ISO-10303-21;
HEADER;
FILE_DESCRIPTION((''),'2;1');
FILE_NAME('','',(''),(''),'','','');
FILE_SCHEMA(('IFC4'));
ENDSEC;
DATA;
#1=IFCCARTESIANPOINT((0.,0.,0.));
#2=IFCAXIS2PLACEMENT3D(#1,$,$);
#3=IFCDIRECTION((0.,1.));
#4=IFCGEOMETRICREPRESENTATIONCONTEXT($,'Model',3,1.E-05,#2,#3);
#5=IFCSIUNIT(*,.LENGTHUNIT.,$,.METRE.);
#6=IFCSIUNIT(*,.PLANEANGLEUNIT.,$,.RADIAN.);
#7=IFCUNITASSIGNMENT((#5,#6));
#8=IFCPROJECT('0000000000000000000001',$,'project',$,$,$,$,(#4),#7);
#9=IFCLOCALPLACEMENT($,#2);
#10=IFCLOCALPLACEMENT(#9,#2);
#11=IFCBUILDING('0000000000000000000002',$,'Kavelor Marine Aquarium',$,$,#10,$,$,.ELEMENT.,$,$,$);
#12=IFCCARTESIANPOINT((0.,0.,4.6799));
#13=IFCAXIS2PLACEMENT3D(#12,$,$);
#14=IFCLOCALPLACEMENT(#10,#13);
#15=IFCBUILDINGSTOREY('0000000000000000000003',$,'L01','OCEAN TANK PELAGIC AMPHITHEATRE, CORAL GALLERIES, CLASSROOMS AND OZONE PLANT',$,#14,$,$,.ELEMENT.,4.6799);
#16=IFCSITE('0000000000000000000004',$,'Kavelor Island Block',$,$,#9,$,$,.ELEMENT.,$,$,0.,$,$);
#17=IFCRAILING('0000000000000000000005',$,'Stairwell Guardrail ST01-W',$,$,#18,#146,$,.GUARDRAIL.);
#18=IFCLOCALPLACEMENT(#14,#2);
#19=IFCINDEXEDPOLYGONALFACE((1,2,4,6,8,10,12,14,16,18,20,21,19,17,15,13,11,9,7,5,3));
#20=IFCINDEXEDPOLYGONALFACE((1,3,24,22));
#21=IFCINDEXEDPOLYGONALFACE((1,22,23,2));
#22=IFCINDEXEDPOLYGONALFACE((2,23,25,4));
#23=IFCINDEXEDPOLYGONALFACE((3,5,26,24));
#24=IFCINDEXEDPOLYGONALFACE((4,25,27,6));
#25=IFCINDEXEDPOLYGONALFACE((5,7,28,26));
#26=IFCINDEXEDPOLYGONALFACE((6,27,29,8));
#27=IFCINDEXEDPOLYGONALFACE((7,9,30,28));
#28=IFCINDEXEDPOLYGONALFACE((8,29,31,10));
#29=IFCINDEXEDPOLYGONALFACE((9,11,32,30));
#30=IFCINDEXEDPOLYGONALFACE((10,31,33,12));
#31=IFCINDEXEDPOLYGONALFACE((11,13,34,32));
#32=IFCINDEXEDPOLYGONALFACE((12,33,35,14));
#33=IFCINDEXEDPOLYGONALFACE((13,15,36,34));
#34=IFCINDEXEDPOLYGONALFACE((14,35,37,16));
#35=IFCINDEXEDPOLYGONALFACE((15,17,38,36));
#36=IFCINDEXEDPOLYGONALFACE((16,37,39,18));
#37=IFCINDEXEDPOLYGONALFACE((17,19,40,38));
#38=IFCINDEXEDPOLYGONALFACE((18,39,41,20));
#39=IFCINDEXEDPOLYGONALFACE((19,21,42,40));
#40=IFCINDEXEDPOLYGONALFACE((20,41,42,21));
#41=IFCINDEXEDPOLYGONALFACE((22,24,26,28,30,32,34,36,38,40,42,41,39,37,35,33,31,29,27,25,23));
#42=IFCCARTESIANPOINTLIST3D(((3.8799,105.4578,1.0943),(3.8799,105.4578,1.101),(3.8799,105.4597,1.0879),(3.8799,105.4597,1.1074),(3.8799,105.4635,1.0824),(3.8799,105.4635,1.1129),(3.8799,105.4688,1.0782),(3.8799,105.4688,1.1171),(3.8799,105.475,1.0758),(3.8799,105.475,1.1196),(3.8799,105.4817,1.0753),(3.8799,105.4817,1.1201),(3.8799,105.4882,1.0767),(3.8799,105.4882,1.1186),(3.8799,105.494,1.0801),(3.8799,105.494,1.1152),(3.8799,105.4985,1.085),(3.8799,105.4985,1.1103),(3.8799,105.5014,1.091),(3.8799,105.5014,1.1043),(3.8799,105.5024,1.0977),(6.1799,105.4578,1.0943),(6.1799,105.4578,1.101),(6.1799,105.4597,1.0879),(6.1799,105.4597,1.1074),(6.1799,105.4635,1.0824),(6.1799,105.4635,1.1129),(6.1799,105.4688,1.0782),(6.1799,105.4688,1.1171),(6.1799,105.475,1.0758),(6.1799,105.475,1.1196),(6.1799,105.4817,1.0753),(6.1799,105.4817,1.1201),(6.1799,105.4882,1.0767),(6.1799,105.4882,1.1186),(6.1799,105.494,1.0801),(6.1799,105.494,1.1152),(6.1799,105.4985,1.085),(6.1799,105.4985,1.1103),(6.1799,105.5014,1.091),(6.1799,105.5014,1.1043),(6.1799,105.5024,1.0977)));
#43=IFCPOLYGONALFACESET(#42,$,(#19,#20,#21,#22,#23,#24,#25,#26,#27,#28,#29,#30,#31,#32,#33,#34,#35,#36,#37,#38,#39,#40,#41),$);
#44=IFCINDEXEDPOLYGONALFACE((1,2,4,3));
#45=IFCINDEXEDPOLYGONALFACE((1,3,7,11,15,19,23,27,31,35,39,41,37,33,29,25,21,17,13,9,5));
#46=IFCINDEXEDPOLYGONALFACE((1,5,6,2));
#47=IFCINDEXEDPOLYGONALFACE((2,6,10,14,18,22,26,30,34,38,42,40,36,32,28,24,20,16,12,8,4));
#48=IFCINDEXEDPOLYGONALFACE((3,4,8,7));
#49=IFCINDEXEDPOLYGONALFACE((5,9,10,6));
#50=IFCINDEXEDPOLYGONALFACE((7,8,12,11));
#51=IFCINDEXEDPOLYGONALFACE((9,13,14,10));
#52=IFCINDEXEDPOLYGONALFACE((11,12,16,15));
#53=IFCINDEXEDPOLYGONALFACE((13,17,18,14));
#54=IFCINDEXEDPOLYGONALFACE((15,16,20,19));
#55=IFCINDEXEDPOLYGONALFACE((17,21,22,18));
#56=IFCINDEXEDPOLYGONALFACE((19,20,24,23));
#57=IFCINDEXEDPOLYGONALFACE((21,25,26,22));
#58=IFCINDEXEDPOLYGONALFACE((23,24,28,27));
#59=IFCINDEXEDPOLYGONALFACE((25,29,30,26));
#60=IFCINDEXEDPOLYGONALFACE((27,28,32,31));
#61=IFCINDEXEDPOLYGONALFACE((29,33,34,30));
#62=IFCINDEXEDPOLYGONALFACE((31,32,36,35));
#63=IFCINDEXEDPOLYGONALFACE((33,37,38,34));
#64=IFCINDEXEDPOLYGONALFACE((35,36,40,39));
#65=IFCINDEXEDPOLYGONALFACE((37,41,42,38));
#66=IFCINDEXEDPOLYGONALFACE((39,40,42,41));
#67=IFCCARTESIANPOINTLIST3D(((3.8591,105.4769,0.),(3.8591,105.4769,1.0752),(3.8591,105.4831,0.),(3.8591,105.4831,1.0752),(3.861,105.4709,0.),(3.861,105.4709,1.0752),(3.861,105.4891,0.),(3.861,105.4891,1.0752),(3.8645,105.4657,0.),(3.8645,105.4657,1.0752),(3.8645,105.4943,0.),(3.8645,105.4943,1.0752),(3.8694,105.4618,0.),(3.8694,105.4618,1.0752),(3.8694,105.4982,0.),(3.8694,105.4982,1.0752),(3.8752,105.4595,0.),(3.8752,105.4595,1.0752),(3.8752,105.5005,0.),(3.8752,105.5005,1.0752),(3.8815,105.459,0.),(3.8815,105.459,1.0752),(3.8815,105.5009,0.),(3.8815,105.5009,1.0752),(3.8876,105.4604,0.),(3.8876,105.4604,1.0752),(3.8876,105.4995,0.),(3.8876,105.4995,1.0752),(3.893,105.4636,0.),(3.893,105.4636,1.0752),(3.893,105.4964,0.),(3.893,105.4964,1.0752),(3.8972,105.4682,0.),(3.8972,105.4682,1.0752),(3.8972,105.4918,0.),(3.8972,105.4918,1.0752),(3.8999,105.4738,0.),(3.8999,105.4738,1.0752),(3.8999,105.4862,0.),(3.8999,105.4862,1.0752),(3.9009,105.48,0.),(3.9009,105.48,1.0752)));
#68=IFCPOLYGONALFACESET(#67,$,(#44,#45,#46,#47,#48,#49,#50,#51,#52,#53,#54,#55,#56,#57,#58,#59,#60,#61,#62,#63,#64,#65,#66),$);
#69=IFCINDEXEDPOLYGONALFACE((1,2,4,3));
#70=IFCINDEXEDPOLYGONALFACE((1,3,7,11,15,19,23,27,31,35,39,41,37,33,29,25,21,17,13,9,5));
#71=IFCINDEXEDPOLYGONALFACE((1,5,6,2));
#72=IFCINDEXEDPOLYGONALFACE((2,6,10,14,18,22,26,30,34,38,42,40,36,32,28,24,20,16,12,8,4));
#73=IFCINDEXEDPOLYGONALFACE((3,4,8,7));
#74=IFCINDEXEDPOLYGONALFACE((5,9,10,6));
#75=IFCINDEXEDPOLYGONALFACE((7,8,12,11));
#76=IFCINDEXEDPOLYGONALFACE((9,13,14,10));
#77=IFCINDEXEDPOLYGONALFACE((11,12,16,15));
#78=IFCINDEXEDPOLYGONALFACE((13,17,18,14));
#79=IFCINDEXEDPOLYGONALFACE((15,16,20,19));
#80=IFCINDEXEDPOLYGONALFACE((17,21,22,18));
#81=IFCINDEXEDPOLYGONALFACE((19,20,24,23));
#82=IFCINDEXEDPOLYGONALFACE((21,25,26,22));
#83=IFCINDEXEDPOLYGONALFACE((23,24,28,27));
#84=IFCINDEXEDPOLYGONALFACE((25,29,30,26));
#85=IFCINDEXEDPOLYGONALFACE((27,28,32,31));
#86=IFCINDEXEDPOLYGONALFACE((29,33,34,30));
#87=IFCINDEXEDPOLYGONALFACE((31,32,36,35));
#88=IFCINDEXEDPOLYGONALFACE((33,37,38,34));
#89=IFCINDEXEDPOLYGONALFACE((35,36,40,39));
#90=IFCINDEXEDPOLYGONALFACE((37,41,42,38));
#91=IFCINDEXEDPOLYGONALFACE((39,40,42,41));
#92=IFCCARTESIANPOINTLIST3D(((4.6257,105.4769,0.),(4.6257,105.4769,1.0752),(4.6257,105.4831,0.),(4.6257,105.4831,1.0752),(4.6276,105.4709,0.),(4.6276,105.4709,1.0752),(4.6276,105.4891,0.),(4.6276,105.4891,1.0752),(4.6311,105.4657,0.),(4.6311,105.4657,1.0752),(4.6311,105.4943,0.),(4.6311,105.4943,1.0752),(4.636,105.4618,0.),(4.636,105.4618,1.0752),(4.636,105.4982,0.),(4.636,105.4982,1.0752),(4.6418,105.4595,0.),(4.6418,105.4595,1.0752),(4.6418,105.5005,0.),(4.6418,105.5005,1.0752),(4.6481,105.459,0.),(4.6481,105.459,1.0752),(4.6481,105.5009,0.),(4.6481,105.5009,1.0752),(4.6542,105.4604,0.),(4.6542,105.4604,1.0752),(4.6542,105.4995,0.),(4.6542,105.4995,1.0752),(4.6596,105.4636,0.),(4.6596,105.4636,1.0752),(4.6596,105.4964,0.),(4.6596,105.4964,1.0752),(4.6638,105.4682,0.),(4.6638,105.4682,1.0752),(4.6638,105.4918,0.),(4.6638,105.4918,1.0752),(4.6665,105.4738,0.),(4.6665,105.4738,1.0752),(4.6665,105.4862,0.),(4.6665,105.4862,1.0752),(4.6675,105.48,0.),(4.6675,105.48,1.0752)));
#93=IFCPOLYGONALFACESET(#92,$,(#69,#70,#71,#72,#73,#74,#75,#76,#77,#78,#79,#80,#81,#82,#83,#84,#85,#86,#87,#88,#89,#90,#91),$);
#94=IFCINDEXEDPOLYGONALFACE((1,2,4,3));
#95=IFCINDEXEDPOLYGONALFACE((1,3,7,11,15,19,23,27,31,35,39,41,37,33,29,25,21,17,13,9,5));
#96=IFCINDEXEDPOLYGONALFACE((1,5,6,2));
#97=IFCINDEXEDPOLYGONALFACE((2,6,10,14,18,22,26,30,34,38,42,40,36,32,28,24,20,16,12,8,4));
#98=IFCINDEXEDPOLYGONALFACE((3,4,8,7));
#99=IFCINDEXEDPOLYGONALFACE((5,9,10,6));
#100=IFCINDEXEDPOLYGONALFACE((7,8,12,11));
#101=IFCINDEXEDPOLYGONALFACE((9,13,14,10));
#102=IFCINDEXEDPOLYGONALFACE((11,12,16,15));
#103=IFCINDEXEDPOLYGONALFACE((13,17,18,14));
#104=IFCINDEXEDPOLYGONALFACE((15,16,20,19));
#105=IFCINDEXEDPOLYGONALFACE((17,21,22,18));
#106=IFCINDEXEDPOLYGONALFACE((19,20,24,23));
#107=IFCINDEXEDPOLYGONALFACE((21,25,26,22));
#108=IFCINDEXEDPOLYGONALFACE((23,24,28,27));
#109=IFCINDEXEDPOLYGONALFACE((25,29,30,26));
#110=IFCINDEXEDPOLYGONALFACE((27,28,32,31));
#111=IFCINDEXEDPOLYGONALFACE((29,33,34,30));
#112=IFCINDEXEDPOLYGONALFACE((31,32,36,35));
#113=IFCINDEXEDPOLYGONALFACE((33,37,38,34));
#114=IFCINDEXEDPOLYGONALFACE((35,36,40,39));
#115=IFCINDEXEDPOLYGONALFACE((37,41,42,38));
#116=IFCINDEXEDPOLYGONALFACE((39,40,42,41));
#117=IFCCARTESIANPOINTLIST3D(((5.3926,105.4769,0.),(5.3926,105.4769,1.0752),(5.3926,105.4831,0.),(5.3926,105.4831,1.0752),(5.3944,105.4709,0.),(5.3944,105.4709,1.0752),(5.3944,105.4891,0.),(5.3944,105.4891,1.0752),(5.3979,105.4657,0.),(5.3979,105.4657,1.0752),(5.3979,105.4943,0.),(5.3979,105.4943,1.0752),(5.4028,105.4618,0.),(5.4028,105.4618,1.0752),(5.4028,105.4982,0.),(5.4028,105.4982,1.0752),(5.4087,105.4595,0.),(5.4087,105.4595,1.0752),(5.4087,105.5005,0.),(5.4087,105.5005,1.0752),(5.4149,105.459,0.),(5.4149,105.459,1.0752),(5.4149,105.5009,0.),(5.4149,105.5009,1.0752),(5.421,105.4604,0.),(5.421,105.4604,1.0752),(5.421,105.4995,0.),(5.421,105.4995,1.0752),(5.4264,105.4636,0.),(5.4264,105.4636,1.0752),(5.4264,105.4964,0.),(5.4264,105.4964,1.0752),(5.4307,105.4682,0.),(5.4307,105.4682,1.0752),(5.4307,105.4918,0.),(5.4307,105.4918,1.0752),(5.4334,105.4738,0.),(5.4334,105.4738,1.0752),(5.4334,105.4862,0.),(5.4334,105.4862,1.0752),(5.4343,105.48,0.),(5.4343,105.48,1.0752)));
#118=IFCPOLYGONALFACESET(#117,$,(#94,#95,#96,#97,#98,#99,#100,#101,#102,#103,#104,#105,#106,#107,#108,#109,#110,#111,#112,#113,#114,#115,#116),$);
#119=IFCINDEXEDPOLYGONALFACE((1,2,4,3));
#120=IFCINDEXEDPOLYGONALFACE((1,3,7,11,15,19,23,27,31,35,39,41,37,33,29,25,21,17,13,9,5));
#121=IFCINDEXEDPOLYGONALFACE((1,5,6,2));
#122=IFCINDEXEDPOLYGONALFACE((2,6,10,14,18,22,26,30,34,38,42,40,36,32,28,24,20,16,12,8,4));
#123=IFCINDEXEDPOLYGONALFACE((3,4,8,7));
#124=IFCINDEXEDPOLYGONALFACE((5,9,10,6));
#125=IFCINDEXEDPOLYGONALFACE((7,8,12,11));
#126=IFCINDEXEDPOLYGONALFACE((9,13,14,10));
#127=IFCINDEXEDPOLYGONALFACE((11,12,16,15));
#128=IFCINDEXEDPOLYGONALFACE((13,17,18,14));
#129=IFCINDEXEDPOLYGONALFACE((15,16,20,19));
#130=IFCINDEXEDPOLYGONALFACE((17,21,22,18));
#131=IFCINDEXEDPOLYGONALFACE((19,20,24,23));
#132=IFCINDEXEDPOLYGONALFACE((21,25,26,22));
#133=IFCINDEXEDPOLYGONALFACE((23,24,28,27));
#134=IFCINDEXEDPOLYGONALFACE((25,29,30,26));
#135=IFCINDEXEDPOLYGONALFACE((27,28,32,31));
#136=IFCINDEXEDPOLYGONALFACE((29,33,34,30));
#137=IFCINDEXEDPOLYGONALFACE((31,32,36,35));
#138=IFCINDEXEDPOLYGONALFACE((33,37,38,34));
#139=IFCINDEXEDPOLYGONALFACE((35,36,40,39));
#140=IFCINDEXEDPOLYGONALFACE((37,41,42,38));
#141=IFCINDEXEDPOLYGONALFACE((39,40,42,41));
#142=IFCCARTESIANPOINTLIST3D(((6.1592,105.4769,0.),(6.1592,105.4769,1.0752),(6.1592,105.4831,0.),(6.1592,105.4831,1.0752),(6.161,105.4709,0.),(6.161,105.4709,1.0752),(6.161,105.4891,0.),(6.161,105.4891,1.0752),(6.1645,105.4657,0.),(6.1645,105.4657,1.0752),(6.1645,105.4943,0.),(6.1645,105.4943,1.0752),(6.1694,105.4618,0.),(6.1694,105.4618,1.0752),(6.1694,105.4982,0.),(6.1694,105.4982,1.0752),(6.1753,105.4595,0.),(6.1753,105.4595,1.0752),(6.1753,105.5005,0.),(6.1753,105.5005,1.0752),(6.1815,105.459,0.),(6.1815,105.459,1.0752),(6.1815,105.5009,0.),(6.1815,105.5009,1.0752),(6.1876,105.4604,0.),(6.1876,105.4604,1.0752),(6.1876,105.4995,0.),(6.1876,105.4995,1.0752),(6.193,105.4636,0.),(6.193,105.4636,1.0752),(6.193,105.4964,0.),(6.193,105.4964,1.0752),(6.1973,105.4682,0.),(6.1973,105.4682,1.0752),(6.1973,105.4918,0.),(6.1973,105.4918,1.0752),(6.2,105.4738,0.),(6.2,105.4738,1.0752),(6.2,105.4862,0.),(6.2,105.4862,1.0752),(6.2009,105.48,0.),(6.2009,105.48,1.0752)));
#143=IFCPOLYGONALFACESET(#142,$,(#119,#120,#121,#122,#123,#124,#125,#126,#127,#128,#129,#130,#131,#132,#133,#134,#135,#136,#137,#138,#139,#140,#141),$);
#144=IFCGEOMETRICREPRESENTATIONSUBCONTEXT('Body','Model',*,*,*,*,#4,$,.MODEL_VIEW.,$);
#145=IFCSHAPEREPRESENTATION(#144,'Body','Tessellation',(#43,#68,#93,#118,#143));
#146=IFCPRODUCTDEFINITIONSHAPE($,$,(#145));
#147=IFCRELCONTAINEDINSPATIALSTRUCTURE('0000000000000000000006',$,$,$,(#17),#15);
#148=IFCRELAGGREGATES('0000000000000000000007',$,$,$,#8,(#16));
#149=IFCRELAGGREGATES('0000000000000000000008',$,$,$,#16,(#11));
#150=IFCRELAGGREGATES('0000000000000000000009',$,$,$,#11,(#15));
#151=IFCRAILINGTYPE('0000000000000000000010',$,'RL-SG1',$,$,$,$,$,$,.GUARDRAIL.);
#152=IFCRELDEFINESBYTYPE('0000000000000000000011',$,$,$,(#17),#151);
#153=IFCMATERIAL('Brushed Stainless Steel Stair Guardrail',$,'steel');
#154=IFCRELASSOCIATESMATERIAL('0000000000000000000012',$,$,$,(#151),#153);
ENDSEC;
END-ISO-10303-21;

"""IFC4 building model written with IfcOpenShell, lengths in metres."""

from ifc_helpers import new_model, si_unit, direction, frame, origin, origin_2d, place, context, subcontext, project, spatial, circle, extrude, material, type_object, element, save


model = new_model("IFC4")

# Units and contexts
model_context = context("Model", 3, precision=1e-05, world=origin(), true_north=direction((0.0, 1.0)))
body_context = subcontext(model_context, "Body", "Model", "MODEL_VIEW")
ifc_project = project(units=[si_unit("LENGTHUNIT", "METRE"), si_unit("PLANEANGLEUNIT", "RADIAN")], contexts=[model_context])

# Site, building, storey
site_placement = place(None, origin())
site = spatial("IfcSite", under=ifc_project, at=site_placement, Name="Kavelor Island Block", CompositionType="ELEMENT", RefElevation=0.0)
building_placement = place(site_placement, origin())
building = spatial("IfcBuilding", under=site, at=building_placement, Name="Kavelor Marine Aquarium", CompositionType="ELEMENT")
storey_placement = place(building_placement, frame((0.0, 0.0, 4.6799)))
storey = spatial("IfcBuildingStorey", under=building, at=storey_placement, Name="L01", Description="OCEAN TANK PELAGIC AMPHITHEATRE, CORAL GALLERIES, CLASSROOMS AND OZONE PLANT", CompositionType="ELEMENT", Elevation=4.6799)

# Railing
ifc_material_1 = material(Name="Brushed Stainless Steel Stair Guardrail", Category="steel")
railing_type_1 = type_object("IfcRailingType", Name="RL-SG1", PredefinedType="GUARDRAIL", material=ifc_material_1)
railing_1_placement = place(storey_placement, frame((3.8799, 105.48, 0.0)))
element("IfcRailing", 1, at=railing_1_placement, inside=storey, type_object=railing_type_1, Name="Stairwell Guardrail ST01-W", PredefinedType="GUARDRAIL", context=body_context, shape_type="SweptSolid", body=[
    extrude(circle(Radius=0.0225, at=origin_2d()), frame((0.0, 0.0, 1.0977), z_axis=(1.0, 0.0, 0.0), x_axis=(0.0, 1.0, 0.0)), (0.0, 0.0, 1.0), 2.3),
    extrude(circle(Radius=0.021, at=origin_2d()), origin(), (0.0, 0.0, 1.0), 1.0752),
    extrude(circle(Radius=0.021, at=origin_2d()), frame((0.7666, 0.0, 0.0)), (0.0, 0.0, 1.0), 1.0752),
    extrude(circle(Radius=0.021, at=origin_2d()), frame((1.5334, 0.0, 0.0)), (0.0, 0.0, 1.0), 1.0752),
    extrude(circle(Radius=0.021, at=origin_2d()), frame((2.3, 0.0, 0.0)), (0.0, 0.0, 1.0), 1.0752),
])

save(model, "model.ifc")
